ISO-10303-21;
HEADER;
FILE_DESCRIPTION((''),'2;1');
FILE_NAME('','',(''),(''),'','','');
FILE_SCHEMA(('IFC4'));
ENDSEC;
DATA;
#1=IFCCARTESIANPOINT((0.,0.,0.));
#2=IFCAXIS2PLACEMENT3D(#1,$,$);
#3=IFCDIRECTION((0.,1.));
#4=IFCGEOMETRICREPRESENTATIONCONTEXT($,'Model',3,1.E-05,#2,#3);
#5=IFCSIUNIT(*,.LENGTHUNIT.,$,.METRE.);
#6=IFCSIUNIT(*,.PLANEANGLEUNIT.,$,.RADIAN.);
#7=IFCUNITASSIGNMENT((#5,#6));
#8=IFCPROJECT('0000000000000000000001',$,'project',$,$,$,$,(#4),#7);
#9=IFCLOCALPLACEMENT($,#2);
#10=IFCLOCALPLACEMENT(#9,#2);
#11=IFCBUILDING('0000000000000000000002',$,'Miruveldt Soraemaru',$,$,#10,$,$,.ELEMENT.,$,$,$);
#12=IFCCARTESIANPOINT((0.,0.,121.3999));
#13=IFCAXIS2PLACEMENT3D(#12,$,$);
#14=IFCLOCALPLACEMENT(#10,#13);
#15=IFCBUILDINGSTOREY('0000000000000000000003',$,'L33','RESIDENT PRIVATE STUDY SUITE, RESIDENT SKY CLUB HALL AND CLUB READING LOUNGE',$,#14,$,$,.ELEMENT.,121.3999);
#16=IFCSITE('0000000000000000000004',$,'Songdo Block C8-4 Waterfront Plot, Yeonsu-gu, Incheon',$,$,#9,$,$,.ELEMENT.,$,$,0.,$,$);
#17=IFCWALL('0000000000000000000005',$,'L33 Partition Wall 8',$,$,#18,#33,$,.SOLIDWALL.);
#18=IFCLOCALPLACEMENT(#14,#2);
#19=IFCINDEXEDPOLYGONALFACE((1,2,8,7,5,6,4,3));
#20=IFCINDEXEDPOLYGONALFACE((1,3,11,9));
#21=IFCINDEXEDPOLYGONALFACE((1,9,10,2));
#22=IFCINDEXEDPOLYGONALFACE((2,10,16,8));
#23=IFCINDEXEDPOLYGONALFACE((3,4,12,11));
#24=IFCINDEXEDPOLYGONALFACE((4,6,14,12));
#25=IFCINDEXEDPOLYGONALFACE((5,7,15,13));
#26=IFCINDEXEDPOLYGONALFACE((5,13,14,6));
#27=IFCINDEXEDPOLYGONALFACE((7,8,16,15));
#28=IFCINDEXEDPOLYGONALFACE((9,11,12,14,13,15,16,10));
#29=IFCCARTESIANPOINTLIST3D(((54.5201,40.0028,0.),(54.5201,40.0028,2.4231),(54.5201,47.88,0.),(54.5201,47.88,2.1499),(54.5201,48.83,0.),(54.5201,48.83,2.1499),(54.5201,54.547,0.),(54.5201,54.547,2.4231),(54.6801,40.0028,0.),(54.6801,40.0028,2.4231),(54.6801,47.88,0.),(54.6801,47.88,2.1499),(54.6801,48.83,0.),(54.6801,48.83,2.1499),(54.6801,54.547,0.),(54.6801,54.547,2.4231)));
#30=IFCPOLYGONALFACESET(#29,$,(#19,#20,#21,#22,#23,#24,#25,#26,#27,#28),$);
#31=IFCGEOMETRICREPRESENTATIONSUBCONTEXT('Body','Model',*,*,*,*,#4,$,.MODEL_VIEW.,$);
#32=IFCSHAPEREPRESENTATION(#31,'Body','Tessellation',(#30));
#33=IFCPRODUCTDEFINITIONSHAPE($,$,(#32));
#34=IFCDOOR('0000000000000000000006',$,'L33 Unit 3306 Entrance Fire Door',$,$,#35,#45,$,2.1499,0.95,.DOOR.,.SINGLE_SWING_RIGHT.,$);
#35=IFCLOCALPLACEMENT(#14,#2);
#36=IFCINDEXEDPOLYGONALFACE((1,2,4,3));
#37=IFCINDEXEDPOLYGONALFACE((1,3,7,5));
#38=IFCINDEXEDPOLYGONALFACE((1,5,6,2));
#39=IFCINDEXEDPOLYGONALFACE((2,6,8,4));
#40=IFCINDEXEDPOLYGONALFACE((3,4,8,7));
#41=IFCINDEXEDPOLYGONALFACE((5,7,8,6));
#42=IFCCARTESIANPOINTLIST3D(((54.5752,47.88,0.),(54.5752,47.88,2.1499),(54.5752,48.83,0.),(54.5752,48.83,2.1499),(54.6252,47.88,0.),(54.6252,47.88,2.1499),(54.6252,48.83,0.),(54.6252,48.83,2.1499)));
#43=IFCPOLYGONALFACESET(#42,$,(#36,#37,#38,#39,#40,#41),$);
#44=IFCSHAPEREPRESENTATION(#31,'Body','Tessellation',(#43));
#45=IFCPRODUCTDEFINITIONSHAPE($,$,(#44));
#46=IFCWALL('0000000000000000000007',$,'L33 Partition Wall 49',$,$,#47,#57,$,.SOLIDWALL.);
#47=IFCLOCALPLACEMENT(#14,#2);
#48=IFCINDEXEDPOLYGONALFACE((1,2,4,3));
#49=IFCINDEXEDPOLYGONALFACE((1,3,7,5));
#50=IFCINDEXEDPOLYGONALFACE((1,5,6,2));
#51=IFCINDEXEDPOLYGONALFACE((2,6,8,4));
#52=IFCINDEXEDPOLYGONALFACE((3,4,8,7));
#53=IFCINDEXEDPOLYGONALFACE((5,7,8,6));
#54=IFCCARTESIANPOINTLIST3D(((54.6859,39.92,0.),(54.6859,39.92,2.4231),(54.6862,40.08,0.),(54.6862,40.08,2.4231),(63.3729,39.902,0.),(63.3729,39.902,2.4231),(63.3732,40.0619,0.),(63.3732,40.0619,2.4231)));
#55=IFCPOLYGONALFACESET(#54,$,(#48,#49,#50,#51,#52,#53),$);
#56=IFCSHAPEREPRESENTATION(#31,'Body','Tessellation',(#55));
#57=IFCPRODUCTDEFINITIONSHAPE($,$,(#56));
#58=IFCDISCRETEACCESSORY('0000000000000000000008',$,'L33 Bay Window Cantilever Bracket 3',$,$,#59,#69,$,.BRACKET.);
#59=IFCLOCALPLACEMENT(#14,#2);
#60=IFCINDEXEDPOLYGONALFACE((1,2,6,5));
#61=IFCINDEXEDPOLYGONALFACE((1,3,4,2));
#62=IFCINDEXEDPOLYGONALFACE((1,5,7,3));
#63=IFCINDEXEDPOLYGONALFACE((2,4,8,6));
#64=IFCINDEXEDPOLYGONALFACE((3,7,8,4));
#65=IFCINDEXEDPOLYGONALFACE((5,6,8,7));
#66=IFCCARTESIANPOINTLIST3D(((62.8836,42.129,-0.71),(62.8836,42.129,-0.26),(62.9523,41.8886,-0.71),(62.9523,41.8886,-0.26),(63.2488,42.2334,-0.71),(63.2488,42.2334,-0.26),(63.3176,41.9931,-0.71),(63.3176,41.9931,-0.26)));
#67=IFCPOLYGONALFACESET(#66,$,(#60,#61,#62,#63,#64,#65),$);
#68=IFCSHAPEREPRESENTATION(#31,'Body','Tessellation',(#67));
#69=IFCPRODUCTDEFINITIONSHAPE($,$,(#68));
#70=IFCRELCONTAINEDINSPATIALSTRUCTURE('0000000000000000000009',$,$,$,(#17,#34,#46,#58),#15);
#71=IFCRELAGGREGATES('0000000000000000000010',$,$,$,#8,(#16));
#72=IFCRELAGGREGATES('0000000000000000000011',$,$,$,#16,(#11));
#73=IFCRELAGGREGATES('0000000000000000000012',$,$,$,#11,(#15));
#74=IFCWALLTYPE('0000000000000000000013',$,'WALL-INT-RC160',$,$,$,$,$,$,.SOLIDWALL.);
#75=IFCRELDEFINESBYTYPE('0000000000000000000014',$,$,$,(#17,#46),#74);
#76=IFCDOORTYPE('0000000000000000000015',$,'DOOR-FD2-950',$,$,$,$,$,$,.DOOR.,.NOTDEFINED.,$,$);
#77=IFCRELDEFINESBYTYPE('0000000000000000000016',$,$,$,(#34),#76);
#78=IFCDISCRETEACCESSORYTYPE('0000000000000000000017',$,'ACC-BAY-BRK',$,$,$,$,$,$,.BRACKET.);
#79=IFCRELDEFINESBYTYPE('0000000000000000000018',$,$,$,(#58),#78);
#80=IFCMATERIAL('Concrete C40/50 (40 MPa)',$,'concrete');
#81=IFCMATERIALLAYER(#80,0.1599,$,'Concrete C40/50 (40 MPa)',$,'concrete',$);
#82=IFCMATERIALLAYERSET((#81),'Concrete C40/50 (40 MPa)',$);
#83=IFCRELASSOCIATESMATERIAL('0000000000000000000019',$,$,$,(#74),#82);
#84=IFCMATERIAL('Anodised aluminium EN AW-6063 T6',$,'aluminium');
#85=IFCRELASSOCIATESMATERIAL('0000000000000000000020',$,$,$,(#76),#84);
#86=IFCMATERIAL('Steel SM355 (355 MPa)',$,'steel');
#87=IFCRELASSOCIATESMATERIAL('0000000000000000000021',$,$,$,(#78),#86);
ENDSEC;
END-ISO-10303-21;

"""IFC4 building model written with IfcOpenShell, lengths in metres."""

from ifc_helpers import new_model, si_unit, direction, frame, frame_2d, origin, origin_2d, place, context, subcontext, project, spatial, rectangle, extrude, material, layer, layer_set, type_object, element, fill, save


model = new_model("IFC4")

# Units and contexts
model_context = context("Model", 3, precision=1e-05, world=origin(), true_north=direction((0.0, 1.0)))
body_context = subcontext(model_context, "Body", "Model", "MODEL_VIEW")
ifc_project = project(units=[si_unit("LENGTHUNIT", "METRE"), si_unit("PLANEANGLEUNIT", "RADIAN")], contexts=[model_context])

# Site, building, storey
site_placement = place(None, origin())
site = spatial("IfcSite", under=ifc_project, at=site_placement, Name="Songdo Block C8-4 Waterfront Plot, Yeonsu-gu, Incheon", CompositionType="ELEMENT", RefElevation=0.0)
building_placement = place(site_placement, origin())
building = spatial("IfcBuilding", under=site, at=building_placement, Name="Miruveldt Soraemaru", CompositionType="ELEMENT")
storey_placement = place(building_placement, frame((0.0, 0.0, 121.3999)))
storey = spatial("IfcBuildingStorey", under=building, at=storey_placement, Name="L33", Description="RESIDENT PRIVATE STUDY SUITE, RESIDENT SKY CLUB HALL AND CLUB READING LOUNGE", CompositionType="ELEMENT", Elevation=121.3999)

# Shared definitions
ifc_material_1 = material(Name="Anodised aluminium EN AW-6063 T6", Category="aluminium")

# Wall, opening, door
ifc_material_2 = material(Name="Concrete C40/50 (40 MPa)", Category="concrete")
ifc_layer_1 = layer(ifc_material_2, 0.1599, Name="Concrete C40/50 (40 MPa)", Category="concrete")
ifc_layer_set_1 = layer_set([ifc_layer_1], Name="Concrete C40/50 (40 MPa)")
wall_type_1 = type_object("IfcWallType", Name="WALL-INT-RC160", PredefinedType="SOLIDWALL", material=ifc_layer_set_1)
wall_1_placement = place(storey_placement, frame((54.6001, 40.0029, 0.0), z_axis=(0.0, 0.0, 1.0), x_axis=(0.0, 1.0, 0.0)))
wall_1 = element("IfcWall", 1, at=wall_1_placement, inside=storey, type_object=wall_type_1, Name="L33 Partition Wall 8", PredefinedType="SOLIDWALL", context=body_context, shape_type="SweptSolid", body=[
    extrude(rectangle(XDim=14.5442, YDim=0.1599, at=frame_2d((7.272, 0.0))), origin(), (0.0, 0.0, 1.0), 2.4231),
])
opening_1_placement = place(wall_1_placement, frame((7.877, 0.0, 0.0)))
opening_1 = element("IfcOpeningElement", 2, at=opening_1_placement, cuts=wall_1, PredefinedType="OPENING", context=body_context, shape_type="SweptSolid", body=[
    extrude(rectangle(XDim=0.95, YDim=2.1499, at=frame_2d((0.4751, 1.075))), frame((0.0, 0.0898, 0.0), z_axis=(0.0, -1.0, 0.0), x_axis=(1.0, 0.0, 0.0)), (0.0, 0.0, 1.0), 0.1799),
])
door_type_1 = type_object("IfcDoorType", Name="DOOR-FD2-950", OperationType="NOTDEFINED", PredefinedType="DOOR", material=ifc_material_1)
door_1_placement = place(opening_1_placement, origin())
door_1 = element("IfcDoor", 3, at=door_1_placement, inside=storey, type_object=door_type_1, Name="L33 Unit 3306 Entrance Fire Door", OperationType="SINGLE_SWING_RIGHT", OverallHeight=2.1499, OverallWidth=0.95, PredefinedType="DOOR", context=body_context, shape_type="SweptSolid", body=[
    extrude(rectangle(XDim=0.95, YDim=2.1499, at=frame_2d((0.4751, 1.075))), frame((0.0, 0.0249, 0.0), z_axis=(0.0, -1.0, 0.0), x_axis=(1.0, 0.0, 0.0)), (0.0, 0.0, 1.0), 0.05),
])
fill(opening_1, door_1)

# Wall
wall_2_placement = place(storey_placement, frame((54.686, 40.0, 0.0), z_axis=(0.0, 0.0, 1.0), x_axis=(0.999998, -0.00208, 0.0)))
element("IfcWall", 4, at=wall_2_placement, inside=storey, type_object=wall_type_1, Name="L33 Partition Wall 49", PredefinedType="SOLIDWALL", context=body_context, shape_type="SweptSolid", body=[
    extrude(rectangle(XDim=8.687, YDim=0.1599, at=frame_2d((4.3435, 0.0))), origin(), (0.0, 0.0, 1.0), 2.4231),
])

# Discrete accessory
ifc_material_3 = material(Name="Steel SM355 (355 MPa)", Category="steel")
discrete_accessory_type = type_object("IfcDiscreteAccessoryType", Name="ACC-BAY-BRK", PredefinedType="BRACKET", material=ifc_material_3)
discrete_accessory_placement = place(storey_placement, frame((63.1006, 42.061, -0.71), z_axis=(0.0, 0.0, 1.0), x_axis=(0.961454, 0.274966, 0.0)))
element("IfcDiscreteAccessory", 5, at=discrete_accessory_placement, inside=storey, type_object=discrete_accessory_type, Name="L33 Bay Window Cantilever Bracket 3", PredefinedType="BRACKET", context=body_context, shape_type="SweptSolid", body=[
    extrude(rectangle(XDim=0.3799, YDim=0.25, at=origin_2d()), origin(), (0.0, 0.0, 1.0), 0.45),
])

save(model, "model.ifc")
